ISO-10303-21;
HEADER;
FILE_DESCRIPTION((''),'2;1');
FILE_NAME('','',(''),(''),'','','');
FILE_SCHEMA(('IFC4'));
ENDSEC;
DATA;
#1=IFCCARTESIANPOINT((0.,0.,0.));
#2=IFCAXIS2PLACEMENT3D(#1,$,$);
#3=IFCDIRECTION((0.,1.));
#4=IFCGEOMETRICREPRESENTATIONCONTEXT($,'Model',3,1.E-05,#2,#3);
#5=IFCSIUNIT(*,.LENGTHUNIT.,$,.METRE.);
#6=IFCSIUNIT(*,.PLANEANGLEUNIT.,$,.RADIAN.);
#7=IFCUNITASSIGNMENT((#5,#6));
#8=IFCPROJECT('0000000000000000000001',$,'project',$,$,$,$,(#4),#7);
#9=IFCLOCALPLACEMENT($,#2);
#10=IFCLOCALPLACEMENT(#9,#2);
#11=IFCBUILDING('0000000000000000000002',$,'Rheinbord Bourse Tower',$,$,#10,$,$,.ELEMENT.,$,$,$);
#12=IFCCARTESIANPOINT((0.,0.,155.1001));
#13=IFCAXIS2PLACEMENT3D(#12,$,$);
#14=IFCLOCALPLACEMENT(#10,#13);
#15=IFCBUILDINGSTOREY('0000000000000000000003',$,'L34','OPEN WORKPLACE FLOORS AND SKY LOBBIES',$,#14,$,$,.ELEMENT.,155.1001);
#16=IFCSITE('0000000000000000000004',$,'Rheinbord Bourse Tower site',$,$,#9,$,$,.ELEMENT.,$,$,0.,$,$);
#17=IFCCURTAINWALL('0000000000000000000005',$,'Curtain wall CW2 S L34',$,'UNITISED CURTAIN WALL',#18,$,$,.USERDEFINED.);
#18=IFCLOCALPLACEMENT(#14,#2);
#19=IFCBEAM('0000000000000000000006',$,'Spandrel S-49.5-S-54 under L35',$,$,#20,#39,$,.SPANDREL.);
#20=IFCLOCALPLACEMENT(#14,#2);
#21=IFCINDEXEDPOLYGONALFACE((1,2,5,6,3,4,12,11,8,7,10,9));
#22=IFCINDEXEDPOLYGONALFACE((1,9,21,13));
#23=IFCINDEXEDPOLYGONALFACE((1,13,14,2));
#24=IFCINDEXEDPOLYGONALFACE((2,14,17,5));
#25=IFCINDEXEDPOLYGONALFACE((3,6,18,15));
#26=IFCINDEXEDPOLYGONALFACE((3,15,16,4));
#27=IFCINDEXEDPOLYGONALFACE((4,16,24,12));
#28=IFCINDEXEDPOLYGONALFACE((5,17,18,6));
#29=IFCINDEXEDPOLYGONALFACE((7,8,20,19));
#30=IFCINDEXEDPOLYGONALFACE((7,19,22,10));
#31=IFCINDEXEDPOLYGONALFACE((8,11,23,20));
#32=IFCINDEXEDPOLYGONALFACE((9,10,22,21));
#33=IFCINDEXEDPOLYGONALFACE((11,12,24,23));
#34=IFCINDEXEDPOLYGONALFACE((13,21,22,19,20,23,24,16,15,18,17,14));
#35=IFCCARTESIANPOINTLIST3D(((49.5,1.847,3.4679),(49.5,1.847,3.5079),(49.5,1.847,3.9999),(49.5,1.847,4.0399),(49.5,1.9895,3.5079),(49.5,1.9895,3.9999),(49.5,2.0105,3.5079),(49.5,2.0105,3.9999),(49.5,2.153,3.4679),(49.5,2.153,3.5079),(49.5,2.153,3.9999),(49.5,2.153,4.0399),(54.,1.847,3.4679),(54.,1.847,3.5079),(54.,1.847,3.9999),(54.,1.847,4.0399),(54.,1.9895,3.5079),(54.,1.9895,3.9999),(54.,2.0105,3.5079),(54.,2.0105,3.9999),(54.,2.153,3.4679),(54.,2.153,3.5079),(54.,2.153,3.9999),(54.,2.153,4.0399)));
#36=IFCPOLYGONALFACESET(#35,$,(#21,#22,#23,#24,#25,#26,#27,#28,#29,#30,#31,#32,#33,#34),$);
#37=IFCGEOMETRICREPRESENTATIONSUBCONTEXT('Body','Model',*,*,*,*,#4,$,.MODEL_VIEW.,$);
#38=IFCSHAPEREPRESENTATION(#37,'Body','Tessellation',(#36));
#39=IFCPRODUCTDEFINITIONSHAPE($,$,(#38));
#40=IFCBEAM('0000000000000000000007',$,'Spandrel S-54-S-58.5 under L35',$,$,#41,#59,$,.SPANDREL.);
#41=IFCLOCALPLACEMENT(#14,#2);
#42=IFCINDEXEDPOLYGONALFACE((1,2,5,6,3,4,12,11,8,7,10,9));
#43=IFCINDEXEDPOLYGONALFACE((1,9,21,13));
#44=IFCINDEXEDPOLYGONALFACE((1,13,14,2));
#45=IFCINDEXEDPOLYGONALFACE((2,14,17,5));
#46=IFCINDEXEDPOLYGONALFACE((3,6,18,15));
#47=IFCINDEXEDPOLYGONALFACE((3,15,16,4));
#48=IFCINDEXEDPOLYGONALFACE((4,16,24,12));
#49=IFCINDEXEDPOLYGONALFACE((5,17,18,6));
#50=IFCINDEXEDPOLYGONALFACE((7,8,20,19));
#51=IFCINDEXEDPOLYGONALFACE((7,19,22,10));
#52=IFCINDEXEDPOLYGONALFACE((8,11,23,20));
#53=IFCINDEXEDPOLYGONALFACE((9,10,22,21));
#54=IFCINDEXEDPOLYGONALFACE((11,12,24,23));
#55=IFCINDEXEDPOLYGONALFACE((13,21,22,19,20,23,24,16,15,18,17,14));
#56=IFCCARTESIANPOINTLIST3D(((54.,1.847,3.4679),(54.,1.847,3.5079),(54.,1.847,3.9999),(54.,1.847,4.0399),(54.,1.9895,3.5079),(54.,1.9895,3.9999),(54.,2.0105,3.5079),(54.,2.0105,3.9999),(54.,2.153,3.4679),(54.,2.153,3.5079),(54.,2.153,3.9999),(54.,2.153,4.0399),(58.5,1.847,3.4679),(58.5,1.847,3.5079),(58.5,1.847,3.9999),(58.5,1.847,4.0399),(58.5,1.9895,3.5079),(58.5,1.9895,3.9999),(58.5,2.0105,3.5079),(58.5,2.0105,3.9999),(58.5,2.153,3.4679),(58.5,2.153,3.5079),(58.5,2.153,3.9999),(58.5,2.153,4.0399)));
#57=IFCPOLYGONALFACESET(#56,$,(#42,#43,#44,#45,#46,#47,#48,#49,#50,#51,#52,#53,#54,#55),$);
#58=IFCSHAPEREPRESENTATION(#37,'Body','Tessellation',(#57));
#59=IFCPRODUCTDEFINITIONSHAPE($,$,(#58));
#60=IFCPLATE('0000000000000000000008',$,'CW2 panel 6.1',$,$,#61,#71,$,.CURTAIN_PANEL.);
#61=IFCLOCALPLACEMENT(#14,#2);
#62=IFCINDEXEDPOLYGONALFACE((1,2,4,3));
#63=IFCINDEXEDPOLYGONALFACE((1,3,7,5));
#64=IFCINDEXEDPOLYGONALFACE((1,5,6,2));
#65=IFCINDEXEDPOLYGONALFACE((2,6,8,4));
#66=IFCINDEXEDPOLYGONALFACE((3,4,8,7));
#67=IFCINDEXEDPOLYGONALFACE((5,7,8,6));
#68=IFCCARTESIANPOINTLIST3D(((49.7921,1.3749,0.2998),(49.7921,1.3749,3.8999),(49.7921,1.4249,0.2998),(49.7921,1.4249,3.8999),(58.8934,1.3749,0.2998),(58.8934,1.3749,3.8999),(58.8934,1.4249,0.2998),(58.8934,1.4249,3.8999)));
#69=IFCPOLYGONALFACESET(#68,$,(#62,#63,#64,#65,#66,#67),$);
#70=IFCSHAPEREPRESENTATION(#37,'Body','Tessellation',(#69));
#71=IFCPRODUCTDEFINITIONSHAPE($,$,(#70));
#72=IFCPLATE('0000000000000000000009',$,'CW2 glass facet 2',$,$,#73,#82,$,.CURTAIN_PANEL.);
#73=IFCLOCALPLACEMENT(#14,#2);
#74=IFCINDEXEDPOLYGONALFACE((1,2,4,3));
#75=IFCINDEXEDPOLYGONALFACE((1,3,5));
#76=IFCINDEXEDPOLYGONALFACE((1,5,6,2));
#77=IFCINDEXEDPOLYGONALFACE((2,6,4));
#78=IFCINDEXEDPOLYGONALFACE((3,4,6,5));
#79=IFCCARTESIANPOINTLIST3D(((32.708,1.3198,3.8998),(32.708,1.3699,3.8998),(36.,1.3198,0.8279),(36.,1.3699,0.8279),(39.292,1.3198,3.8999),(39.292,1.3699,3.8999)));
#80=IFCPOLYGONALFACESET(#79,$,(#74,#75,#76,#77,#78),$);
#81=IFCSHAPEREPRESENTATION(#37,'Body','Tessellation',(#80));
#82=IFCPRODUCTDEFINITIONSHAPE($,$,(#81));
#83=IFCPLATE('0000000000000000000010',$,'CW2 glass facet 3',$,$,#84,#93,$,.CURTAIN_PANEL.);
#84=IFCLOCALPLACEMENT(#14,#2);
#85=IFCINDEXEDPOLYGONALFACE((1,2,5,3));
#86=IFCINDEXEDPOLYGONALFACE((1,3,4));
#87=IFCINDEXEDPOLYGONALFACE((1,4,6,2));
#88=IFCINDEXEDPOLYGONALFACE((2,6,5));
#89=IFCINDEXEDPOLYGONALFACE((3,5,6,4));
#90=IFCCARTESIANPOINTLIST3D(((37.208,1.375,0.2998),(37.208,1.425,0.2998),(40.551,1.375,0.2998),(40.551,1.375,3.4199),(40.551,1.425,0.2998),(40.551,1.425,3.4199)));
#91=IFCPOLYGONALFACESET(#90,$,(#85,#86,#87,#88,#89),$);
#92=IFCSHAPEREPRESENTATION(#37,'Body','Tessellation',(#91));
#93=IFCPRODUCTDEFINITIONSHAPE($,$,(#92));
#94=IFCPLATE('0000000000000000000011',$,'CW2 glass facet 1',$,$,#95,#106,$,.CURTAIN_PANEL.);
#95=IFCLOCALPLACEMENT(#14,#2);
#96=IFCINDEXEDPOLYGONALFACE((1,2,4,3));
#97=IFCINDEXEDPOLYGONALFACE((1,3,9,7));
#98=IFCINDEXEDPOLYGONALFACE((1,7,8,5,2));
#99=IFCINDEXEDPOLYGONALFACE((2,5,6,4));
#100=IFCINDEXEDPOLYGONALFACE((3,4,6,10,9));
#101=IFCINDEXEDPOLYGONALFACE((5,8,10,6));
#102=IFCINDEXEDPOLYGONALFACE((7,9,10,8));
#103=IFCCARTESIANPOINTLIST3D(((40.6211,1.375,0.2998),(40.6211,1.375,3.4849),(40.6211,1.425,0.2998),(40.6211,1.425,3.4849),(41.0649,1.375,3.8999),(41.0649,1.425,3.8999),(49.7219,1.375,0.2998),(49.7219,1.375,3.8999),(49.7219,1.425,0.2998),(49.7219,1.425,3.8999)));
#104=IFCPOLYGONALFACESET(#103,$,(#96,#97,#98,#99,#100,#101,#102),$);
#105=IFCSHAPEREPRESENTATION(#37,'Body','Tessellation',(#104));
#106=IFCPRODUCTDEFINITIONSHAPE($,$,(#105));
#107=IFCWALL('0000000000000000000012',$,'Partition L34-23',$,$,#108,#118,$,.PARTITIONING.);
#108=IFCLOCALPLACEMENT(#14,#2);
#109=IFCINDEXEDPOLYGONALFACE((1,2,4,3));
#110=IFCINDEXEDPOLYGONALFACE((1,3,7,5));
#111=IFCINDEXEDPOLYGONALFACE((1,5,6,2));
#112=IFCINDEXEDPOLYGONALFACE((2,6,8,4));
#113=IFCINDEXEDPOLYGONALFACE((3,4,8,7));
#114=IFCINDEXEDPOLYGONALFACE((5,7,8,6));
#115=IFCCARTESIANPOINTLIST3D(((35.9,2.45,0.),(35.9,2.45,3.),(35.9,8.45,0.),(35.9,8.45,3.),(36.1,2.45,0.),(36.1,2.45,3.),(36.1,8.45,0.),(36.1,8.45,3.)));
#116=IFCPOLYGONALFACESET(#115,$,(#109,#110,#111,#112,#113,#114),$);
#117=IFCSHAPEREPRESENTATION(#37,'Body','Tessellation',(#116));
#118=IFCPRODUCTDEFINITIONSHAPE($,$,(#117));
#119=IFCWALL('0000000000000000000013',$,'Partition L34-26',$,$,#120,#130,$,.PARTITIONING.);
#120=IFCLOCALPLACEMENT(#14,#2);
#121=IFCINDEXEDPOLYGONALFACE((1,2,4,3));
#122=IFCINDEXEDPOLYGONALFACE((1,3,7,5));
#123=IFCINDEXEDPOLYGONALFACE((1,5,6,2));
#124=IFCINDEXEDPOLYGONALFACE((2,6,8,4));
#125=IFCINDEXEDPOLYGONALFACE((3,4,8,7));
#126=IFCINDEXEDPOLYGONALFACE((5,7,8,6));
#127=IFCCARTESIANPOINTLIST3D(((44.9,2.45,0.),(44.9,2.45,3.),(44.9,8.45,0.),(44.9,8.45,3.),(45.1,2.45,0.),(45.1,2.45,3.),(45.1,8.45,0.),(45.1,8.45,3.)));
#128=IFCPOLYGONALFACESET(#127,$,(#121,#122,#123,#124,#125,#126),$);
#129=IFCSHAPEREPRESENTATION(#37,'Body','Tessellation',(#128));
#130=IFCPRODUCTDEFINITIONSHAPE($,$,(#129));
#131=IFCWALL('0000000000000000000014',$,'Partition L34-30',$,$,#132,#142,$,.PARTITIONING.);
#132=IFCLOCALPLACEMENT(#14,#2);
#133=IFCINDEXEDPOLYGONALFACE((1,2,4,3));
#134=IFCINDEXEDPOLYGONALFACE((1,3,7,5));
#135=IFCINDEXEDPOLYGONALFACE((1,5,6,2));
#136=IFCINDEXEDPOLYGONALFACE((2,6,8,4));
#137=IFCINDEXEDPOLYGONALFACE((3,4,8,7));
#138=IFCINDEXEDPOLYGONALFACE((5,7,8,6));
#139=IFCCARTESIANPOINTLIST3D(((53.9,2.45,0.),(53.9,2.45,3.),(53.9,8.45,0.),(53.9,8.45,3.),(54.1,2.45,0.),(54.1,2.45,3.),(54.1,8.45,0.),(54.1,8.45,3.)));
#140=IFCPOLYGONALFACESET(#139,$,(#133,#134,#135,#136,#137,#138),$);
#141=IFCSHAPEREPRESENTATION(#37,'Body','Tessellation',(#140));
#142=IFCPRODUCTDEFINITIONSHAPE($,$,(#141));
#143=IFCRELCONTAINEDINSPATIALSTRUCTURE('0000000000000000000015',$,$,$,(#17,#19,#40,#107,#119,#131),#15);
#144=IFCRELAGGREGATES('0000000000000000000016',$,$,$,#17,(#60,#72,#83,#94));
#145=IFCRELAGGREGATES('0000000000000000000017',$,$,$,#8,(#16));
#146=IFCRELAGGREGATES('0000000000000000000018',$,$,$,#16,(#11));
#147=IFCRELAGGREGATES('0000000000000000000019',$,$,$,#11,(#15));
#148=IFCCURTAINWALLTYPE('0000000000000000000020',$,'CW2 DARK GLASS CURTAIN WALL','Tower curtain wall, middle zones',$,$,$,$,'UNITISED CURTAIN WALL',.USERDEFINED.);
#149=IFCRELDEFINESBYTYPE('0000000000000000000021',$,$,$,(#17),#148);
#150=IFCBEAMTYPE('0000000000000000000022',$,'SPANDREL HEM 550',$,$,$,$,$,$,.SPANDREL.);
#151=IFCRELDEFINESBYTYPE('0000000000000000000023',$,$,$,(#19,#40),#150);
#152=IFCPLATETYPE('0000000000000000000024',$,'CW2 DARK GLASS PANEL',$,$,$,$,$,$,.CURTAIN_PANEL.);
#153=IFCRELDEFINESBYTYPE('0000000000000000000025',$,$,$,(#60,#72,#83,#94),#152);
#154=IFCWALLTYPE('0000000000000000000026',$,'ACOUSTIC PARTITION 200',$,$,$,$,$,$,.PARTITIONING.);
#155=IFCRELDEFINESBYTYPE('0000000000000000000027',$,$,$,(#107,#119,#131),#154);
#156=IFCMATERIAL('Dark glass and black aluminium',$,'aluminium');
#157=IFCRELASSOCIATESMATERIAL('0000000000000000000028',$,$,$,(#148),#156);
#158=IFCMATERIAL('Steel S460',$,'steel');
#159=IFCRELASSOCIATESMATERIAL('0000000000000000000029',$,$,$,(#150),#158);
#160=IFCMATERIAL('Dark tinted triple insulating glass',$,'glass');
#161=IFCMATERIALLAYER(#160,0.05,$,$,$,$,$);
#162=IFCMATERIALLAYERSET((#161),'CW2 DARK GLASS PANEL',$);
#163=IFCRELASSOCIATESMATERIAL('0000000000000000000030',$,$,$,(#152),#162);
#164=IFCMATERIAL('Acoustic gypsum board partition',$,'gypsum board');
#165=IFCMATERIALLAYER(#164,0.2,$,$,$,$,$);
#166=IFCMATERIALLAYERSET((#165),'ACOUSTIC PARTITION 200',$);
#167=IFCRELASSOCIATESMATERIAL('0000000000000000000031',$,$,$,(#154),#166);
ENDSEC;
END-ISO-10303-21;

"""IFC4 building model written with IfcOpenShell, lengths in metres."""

from ifc_helpers import new_model, si_unit, direction, frame, frame_2d, origin, origin_2d, place, context, subcontext, project, spatial, polyline, rectangle, i_section, outline, extrude, material, layer, layer_set, material_profile, profile_set, type_object, element, aggregate, save


model = new_model("IFC4")

# Units and contexts
model_context = context("Model", 3, precision=1e-05, world=origin(), true_north=direction((0.0, 1.0)))
body_context = subcontext(model_context, "Body", "Model", "MODEL_VIEW")
ifc_project = project(units=[si_unit("LENGTHUNIT", "METRE"), si_unit("PLANEANGLEUNIT", "RADIAN")], contexts=[model_context])

# Site, building, storey
site_placement = place(None, origin())
site = spatial("IfcSite", under=ifc_project, at=site_placement, Name="Rheinbord Bourse Tower site", CompositionType="ELEMENT", RefElevation=0.0)
building_placement = place(site_placement, origin())
building = spatial("IfcBuilding", under=site, at=building_placement, Name="Rheinbord Bourse Tower", CompositionType="ELEMENT")
storey_placement = place(building_placement, frame((0.0, 0.0, 155.1001)))
storey = spatial("IfcBuildingStorey", under=building, at=storey_placement, Name="L34", Description="OPEN WORKPLACE FLOORS AND SKY LOBBIES", CompositionType="ELEMENT", Elevation=155.1001)

# Curtain wall
ifc_material_1 = material(Name="Dark glass and black aluminium", Category="aluminium")
curtain_wall_type = type_object("IfcCurtainWallType", Name="CW2 DARK GLASS CURTAIN WALL", Description="Tower curtain wall, middle zones", ElementType="UNITISED CURTAIN WALL", PredefinedType="USERDEFINED", material=ifc_material_1)
curtain_wall_placement = place(storey_placement, origin())
curtain_wall = element("IfcCurtainWall", 1, at=curtain_wall_placement, inside=storey, type_object=curtain_wall_type, Name="Curtain wall CW2 S L34", ObjectType="UNITISED CURTAIN WALL", PredefinedType="USERDEFINED")

# Beams
ifc_material_2 = material(Name="Steel S460", Category="steel")
ifc_material_profile_1 = material_profile(ifc_material_2, i_section(OverallWidth=0.3059, OverallDepth=0.572, WebThickness=0.021, FlangeThickness=0.04, at=origin_2d()), Name="HEM 550")
ifc_profile_set_1 = profile_set([ifc_material_profile_1], Name="Steel S460")
beam_type_1 = type_object("IfcBeamType", Name="SPANDREL HEM 550", PredefinedType="SPANDREL", material=ifc_profile_set_1)
for number, where, z_axis, x_axis, name in (
    (2, (49.5, 2.0, 3.7539), (1.0, 0.0, 0.0), (0.0, 1.0, 0.0), "Spandrel S-49.5-S-54 under L35"),
    (3, (54.0, 2.0, 3.7539), (1.0, 0.0, 0.0), (0.0, 1.0, 0.0), "Spandrel S-54-S-58.5 under L35"),
):
    element("IfcBeam", number, at=place(storey_placement, frame(where, z_axis=z_axis, x_axis=x_axis)), inside=storey, type_object=beam_type_1, Name=name, PredefinedType="SPANDREL", context=body_context, shape_type="SweptSolid", body=[
        extrude(i_section(OverallWidth=0.3059, OverallDepth=0.572, WebThickness=0.021, FlangeThickness=0.04, at=origin_2d()), origin(), (0.0, 0.0, 1.0), 4.5),
    ])

# Plates
ifc_material_3 = material(Name="Dark tinted triple insulating glass", Category="glass")
ifc_layer_1 = layer(ifc_material_3, 0.05)
ifc_layer_set_1 = layer_set([ifc_layer_1], Name="CW2 DARK GLASS PANEL")
plate_type = type_object("IfcPlateType", Name="CW2 DARK GLASS PANEL", PredefinedType="CURTAIN_PANEL", material=ifc_layer_set_1)
plate_1_placement = place(storey_placement, frame((54.3428, 1.3999, 0.2998), z_axis=(0.0, 0.0, 1.0), x_axis=(1.0, 0.0, 0.0)))
plate_1 = element("IfcPlate", 4, at=plate_1_placement, type_object=plate_type, Name="CW2 panel 6.1", PredefinedType="CURTAIN_PANEL", context=body_context, shape_type="SweptSolid", body=[
    extrude(rectangle(XDim=9.1013, YDim=0.05, at=origin_2d()), origin(), (0.0, 0.0, 1.0), 3.6001),
])
plate_2_placement = place(storey_placement, frame((39.292, 1.3198, 3.8999), z_axis=(0.0, 1.0, 0.0), x_axis=(-0.731111, 0.0, -0.682258)))
plate_2 = element("IfcPlate", 5, at=plate_2_placement, type_object=plate_type, Name="CW2 glass facet 2", PredefinedType="CURTAIN_PANEL", context=body_context, shape_type="SweptSolid", body=[
    extrude(outline(polyline([(0.0, 0.0), (4.5027, 0.0), (4.8137, 4.4919), (0.0, 0.0)])), origin(), (0.0, 0.0, 1.0), 0.05),
])
plate_3_placement = place(storey_placement, frame((40.551, 1.375, 0.2998), z_axis=(0.0, 1.0, 0.0), x_axis=(-1.0, 0.0, 0.0)))
plate_3 = element("IfcPlate", 6, at=plate_3_placement, type_object=plate_type, Name="CW2 glass facet 3", PredefinedType="CURTAIN_PANEL", context=body_context, shape_type="SweptSolid", body=[
    extrude(outline(polyline([(0.0, 0.0), (3.343, 0.0), (0.0, 3.1201), (0.0, 0.0)])), origin(), (0.0, 0.0, 1.0), 0.05),
])
plate_4_placement = place(storey_placement, frame((49.7219, 1.375, 3.8999), z_axis=(0.0, 1.0, 0.0), x_axis=(0.0, 0.0, -1.0)))
plate_4 = element("IfcPlate", 7, at=plate_4_placement, type_object=plate_type, Name="CW2 glass facet 1", PredefinedType="CURTAIN_PANEL", context=body_context, shape_type="SweptSolid", body=[
    extrude(outline(polyline([(0.0, 0.0), (3.6001, 0.0), (3.6001, 9.1008), (0.415, 9.1008), (0.0, 8.657), (0.0, 0.0)])), origin(), (0.0, 0.0, 1.0), 0.05),
])
aggregate(curtain_wall, [plate_1, plate_2, plate_3, plate_4])

# Walls
ifc_material_4 = material(Name="Acoustic gypsum board partition", Category="gypsum board")
ifc_layer_2 = layer(ifc_material_4, 0.2)
ifc_layer_set_2 = layer_set([ifc_layer_2], Name="ACOUSTIC PARTITION 200")
wall_type = type_object("IfcWallType", Name="ACOUSTIC PARTITION 200", PredefinedType="PARTITIONING", material=ifc_layer_set_2)
for number, where, z_axis, x_axis, name in (
    (8, (36.0, 2.45, 0.0), (0.0, 0.0, 1.0), (0.0, 1.0, 0.0), "Partition L34-23"),
    (9, (45.0, 2.45, 0.0), (0.0, 0.0, 1.0), (0.0, 1.0, 0.0), "Partition L34-26"),
    (10, (54.0, 2.45, 0.0), (0.0, 0.0, 1.0), (0.0, 1.0, 0.0), "Partition L34-30"),
):
    element("IfcWall", number, at=place(storey_placement, frame(where, z_axis=z_axis, x_axis=x_axis)), inside=storey, type_object=wall_type, Name=name, PredefinedType="PARTITIONING", context=body_context, shape_type="SweptSolid", body=[
        extrude(rectangle(XDim=6.0, YDim=0.2, at=frame_2d((3.0, 0.0))), origin(), (0.0, 0.0, 1.0), 3.0),
    ])

save(model, "model.ifc")
